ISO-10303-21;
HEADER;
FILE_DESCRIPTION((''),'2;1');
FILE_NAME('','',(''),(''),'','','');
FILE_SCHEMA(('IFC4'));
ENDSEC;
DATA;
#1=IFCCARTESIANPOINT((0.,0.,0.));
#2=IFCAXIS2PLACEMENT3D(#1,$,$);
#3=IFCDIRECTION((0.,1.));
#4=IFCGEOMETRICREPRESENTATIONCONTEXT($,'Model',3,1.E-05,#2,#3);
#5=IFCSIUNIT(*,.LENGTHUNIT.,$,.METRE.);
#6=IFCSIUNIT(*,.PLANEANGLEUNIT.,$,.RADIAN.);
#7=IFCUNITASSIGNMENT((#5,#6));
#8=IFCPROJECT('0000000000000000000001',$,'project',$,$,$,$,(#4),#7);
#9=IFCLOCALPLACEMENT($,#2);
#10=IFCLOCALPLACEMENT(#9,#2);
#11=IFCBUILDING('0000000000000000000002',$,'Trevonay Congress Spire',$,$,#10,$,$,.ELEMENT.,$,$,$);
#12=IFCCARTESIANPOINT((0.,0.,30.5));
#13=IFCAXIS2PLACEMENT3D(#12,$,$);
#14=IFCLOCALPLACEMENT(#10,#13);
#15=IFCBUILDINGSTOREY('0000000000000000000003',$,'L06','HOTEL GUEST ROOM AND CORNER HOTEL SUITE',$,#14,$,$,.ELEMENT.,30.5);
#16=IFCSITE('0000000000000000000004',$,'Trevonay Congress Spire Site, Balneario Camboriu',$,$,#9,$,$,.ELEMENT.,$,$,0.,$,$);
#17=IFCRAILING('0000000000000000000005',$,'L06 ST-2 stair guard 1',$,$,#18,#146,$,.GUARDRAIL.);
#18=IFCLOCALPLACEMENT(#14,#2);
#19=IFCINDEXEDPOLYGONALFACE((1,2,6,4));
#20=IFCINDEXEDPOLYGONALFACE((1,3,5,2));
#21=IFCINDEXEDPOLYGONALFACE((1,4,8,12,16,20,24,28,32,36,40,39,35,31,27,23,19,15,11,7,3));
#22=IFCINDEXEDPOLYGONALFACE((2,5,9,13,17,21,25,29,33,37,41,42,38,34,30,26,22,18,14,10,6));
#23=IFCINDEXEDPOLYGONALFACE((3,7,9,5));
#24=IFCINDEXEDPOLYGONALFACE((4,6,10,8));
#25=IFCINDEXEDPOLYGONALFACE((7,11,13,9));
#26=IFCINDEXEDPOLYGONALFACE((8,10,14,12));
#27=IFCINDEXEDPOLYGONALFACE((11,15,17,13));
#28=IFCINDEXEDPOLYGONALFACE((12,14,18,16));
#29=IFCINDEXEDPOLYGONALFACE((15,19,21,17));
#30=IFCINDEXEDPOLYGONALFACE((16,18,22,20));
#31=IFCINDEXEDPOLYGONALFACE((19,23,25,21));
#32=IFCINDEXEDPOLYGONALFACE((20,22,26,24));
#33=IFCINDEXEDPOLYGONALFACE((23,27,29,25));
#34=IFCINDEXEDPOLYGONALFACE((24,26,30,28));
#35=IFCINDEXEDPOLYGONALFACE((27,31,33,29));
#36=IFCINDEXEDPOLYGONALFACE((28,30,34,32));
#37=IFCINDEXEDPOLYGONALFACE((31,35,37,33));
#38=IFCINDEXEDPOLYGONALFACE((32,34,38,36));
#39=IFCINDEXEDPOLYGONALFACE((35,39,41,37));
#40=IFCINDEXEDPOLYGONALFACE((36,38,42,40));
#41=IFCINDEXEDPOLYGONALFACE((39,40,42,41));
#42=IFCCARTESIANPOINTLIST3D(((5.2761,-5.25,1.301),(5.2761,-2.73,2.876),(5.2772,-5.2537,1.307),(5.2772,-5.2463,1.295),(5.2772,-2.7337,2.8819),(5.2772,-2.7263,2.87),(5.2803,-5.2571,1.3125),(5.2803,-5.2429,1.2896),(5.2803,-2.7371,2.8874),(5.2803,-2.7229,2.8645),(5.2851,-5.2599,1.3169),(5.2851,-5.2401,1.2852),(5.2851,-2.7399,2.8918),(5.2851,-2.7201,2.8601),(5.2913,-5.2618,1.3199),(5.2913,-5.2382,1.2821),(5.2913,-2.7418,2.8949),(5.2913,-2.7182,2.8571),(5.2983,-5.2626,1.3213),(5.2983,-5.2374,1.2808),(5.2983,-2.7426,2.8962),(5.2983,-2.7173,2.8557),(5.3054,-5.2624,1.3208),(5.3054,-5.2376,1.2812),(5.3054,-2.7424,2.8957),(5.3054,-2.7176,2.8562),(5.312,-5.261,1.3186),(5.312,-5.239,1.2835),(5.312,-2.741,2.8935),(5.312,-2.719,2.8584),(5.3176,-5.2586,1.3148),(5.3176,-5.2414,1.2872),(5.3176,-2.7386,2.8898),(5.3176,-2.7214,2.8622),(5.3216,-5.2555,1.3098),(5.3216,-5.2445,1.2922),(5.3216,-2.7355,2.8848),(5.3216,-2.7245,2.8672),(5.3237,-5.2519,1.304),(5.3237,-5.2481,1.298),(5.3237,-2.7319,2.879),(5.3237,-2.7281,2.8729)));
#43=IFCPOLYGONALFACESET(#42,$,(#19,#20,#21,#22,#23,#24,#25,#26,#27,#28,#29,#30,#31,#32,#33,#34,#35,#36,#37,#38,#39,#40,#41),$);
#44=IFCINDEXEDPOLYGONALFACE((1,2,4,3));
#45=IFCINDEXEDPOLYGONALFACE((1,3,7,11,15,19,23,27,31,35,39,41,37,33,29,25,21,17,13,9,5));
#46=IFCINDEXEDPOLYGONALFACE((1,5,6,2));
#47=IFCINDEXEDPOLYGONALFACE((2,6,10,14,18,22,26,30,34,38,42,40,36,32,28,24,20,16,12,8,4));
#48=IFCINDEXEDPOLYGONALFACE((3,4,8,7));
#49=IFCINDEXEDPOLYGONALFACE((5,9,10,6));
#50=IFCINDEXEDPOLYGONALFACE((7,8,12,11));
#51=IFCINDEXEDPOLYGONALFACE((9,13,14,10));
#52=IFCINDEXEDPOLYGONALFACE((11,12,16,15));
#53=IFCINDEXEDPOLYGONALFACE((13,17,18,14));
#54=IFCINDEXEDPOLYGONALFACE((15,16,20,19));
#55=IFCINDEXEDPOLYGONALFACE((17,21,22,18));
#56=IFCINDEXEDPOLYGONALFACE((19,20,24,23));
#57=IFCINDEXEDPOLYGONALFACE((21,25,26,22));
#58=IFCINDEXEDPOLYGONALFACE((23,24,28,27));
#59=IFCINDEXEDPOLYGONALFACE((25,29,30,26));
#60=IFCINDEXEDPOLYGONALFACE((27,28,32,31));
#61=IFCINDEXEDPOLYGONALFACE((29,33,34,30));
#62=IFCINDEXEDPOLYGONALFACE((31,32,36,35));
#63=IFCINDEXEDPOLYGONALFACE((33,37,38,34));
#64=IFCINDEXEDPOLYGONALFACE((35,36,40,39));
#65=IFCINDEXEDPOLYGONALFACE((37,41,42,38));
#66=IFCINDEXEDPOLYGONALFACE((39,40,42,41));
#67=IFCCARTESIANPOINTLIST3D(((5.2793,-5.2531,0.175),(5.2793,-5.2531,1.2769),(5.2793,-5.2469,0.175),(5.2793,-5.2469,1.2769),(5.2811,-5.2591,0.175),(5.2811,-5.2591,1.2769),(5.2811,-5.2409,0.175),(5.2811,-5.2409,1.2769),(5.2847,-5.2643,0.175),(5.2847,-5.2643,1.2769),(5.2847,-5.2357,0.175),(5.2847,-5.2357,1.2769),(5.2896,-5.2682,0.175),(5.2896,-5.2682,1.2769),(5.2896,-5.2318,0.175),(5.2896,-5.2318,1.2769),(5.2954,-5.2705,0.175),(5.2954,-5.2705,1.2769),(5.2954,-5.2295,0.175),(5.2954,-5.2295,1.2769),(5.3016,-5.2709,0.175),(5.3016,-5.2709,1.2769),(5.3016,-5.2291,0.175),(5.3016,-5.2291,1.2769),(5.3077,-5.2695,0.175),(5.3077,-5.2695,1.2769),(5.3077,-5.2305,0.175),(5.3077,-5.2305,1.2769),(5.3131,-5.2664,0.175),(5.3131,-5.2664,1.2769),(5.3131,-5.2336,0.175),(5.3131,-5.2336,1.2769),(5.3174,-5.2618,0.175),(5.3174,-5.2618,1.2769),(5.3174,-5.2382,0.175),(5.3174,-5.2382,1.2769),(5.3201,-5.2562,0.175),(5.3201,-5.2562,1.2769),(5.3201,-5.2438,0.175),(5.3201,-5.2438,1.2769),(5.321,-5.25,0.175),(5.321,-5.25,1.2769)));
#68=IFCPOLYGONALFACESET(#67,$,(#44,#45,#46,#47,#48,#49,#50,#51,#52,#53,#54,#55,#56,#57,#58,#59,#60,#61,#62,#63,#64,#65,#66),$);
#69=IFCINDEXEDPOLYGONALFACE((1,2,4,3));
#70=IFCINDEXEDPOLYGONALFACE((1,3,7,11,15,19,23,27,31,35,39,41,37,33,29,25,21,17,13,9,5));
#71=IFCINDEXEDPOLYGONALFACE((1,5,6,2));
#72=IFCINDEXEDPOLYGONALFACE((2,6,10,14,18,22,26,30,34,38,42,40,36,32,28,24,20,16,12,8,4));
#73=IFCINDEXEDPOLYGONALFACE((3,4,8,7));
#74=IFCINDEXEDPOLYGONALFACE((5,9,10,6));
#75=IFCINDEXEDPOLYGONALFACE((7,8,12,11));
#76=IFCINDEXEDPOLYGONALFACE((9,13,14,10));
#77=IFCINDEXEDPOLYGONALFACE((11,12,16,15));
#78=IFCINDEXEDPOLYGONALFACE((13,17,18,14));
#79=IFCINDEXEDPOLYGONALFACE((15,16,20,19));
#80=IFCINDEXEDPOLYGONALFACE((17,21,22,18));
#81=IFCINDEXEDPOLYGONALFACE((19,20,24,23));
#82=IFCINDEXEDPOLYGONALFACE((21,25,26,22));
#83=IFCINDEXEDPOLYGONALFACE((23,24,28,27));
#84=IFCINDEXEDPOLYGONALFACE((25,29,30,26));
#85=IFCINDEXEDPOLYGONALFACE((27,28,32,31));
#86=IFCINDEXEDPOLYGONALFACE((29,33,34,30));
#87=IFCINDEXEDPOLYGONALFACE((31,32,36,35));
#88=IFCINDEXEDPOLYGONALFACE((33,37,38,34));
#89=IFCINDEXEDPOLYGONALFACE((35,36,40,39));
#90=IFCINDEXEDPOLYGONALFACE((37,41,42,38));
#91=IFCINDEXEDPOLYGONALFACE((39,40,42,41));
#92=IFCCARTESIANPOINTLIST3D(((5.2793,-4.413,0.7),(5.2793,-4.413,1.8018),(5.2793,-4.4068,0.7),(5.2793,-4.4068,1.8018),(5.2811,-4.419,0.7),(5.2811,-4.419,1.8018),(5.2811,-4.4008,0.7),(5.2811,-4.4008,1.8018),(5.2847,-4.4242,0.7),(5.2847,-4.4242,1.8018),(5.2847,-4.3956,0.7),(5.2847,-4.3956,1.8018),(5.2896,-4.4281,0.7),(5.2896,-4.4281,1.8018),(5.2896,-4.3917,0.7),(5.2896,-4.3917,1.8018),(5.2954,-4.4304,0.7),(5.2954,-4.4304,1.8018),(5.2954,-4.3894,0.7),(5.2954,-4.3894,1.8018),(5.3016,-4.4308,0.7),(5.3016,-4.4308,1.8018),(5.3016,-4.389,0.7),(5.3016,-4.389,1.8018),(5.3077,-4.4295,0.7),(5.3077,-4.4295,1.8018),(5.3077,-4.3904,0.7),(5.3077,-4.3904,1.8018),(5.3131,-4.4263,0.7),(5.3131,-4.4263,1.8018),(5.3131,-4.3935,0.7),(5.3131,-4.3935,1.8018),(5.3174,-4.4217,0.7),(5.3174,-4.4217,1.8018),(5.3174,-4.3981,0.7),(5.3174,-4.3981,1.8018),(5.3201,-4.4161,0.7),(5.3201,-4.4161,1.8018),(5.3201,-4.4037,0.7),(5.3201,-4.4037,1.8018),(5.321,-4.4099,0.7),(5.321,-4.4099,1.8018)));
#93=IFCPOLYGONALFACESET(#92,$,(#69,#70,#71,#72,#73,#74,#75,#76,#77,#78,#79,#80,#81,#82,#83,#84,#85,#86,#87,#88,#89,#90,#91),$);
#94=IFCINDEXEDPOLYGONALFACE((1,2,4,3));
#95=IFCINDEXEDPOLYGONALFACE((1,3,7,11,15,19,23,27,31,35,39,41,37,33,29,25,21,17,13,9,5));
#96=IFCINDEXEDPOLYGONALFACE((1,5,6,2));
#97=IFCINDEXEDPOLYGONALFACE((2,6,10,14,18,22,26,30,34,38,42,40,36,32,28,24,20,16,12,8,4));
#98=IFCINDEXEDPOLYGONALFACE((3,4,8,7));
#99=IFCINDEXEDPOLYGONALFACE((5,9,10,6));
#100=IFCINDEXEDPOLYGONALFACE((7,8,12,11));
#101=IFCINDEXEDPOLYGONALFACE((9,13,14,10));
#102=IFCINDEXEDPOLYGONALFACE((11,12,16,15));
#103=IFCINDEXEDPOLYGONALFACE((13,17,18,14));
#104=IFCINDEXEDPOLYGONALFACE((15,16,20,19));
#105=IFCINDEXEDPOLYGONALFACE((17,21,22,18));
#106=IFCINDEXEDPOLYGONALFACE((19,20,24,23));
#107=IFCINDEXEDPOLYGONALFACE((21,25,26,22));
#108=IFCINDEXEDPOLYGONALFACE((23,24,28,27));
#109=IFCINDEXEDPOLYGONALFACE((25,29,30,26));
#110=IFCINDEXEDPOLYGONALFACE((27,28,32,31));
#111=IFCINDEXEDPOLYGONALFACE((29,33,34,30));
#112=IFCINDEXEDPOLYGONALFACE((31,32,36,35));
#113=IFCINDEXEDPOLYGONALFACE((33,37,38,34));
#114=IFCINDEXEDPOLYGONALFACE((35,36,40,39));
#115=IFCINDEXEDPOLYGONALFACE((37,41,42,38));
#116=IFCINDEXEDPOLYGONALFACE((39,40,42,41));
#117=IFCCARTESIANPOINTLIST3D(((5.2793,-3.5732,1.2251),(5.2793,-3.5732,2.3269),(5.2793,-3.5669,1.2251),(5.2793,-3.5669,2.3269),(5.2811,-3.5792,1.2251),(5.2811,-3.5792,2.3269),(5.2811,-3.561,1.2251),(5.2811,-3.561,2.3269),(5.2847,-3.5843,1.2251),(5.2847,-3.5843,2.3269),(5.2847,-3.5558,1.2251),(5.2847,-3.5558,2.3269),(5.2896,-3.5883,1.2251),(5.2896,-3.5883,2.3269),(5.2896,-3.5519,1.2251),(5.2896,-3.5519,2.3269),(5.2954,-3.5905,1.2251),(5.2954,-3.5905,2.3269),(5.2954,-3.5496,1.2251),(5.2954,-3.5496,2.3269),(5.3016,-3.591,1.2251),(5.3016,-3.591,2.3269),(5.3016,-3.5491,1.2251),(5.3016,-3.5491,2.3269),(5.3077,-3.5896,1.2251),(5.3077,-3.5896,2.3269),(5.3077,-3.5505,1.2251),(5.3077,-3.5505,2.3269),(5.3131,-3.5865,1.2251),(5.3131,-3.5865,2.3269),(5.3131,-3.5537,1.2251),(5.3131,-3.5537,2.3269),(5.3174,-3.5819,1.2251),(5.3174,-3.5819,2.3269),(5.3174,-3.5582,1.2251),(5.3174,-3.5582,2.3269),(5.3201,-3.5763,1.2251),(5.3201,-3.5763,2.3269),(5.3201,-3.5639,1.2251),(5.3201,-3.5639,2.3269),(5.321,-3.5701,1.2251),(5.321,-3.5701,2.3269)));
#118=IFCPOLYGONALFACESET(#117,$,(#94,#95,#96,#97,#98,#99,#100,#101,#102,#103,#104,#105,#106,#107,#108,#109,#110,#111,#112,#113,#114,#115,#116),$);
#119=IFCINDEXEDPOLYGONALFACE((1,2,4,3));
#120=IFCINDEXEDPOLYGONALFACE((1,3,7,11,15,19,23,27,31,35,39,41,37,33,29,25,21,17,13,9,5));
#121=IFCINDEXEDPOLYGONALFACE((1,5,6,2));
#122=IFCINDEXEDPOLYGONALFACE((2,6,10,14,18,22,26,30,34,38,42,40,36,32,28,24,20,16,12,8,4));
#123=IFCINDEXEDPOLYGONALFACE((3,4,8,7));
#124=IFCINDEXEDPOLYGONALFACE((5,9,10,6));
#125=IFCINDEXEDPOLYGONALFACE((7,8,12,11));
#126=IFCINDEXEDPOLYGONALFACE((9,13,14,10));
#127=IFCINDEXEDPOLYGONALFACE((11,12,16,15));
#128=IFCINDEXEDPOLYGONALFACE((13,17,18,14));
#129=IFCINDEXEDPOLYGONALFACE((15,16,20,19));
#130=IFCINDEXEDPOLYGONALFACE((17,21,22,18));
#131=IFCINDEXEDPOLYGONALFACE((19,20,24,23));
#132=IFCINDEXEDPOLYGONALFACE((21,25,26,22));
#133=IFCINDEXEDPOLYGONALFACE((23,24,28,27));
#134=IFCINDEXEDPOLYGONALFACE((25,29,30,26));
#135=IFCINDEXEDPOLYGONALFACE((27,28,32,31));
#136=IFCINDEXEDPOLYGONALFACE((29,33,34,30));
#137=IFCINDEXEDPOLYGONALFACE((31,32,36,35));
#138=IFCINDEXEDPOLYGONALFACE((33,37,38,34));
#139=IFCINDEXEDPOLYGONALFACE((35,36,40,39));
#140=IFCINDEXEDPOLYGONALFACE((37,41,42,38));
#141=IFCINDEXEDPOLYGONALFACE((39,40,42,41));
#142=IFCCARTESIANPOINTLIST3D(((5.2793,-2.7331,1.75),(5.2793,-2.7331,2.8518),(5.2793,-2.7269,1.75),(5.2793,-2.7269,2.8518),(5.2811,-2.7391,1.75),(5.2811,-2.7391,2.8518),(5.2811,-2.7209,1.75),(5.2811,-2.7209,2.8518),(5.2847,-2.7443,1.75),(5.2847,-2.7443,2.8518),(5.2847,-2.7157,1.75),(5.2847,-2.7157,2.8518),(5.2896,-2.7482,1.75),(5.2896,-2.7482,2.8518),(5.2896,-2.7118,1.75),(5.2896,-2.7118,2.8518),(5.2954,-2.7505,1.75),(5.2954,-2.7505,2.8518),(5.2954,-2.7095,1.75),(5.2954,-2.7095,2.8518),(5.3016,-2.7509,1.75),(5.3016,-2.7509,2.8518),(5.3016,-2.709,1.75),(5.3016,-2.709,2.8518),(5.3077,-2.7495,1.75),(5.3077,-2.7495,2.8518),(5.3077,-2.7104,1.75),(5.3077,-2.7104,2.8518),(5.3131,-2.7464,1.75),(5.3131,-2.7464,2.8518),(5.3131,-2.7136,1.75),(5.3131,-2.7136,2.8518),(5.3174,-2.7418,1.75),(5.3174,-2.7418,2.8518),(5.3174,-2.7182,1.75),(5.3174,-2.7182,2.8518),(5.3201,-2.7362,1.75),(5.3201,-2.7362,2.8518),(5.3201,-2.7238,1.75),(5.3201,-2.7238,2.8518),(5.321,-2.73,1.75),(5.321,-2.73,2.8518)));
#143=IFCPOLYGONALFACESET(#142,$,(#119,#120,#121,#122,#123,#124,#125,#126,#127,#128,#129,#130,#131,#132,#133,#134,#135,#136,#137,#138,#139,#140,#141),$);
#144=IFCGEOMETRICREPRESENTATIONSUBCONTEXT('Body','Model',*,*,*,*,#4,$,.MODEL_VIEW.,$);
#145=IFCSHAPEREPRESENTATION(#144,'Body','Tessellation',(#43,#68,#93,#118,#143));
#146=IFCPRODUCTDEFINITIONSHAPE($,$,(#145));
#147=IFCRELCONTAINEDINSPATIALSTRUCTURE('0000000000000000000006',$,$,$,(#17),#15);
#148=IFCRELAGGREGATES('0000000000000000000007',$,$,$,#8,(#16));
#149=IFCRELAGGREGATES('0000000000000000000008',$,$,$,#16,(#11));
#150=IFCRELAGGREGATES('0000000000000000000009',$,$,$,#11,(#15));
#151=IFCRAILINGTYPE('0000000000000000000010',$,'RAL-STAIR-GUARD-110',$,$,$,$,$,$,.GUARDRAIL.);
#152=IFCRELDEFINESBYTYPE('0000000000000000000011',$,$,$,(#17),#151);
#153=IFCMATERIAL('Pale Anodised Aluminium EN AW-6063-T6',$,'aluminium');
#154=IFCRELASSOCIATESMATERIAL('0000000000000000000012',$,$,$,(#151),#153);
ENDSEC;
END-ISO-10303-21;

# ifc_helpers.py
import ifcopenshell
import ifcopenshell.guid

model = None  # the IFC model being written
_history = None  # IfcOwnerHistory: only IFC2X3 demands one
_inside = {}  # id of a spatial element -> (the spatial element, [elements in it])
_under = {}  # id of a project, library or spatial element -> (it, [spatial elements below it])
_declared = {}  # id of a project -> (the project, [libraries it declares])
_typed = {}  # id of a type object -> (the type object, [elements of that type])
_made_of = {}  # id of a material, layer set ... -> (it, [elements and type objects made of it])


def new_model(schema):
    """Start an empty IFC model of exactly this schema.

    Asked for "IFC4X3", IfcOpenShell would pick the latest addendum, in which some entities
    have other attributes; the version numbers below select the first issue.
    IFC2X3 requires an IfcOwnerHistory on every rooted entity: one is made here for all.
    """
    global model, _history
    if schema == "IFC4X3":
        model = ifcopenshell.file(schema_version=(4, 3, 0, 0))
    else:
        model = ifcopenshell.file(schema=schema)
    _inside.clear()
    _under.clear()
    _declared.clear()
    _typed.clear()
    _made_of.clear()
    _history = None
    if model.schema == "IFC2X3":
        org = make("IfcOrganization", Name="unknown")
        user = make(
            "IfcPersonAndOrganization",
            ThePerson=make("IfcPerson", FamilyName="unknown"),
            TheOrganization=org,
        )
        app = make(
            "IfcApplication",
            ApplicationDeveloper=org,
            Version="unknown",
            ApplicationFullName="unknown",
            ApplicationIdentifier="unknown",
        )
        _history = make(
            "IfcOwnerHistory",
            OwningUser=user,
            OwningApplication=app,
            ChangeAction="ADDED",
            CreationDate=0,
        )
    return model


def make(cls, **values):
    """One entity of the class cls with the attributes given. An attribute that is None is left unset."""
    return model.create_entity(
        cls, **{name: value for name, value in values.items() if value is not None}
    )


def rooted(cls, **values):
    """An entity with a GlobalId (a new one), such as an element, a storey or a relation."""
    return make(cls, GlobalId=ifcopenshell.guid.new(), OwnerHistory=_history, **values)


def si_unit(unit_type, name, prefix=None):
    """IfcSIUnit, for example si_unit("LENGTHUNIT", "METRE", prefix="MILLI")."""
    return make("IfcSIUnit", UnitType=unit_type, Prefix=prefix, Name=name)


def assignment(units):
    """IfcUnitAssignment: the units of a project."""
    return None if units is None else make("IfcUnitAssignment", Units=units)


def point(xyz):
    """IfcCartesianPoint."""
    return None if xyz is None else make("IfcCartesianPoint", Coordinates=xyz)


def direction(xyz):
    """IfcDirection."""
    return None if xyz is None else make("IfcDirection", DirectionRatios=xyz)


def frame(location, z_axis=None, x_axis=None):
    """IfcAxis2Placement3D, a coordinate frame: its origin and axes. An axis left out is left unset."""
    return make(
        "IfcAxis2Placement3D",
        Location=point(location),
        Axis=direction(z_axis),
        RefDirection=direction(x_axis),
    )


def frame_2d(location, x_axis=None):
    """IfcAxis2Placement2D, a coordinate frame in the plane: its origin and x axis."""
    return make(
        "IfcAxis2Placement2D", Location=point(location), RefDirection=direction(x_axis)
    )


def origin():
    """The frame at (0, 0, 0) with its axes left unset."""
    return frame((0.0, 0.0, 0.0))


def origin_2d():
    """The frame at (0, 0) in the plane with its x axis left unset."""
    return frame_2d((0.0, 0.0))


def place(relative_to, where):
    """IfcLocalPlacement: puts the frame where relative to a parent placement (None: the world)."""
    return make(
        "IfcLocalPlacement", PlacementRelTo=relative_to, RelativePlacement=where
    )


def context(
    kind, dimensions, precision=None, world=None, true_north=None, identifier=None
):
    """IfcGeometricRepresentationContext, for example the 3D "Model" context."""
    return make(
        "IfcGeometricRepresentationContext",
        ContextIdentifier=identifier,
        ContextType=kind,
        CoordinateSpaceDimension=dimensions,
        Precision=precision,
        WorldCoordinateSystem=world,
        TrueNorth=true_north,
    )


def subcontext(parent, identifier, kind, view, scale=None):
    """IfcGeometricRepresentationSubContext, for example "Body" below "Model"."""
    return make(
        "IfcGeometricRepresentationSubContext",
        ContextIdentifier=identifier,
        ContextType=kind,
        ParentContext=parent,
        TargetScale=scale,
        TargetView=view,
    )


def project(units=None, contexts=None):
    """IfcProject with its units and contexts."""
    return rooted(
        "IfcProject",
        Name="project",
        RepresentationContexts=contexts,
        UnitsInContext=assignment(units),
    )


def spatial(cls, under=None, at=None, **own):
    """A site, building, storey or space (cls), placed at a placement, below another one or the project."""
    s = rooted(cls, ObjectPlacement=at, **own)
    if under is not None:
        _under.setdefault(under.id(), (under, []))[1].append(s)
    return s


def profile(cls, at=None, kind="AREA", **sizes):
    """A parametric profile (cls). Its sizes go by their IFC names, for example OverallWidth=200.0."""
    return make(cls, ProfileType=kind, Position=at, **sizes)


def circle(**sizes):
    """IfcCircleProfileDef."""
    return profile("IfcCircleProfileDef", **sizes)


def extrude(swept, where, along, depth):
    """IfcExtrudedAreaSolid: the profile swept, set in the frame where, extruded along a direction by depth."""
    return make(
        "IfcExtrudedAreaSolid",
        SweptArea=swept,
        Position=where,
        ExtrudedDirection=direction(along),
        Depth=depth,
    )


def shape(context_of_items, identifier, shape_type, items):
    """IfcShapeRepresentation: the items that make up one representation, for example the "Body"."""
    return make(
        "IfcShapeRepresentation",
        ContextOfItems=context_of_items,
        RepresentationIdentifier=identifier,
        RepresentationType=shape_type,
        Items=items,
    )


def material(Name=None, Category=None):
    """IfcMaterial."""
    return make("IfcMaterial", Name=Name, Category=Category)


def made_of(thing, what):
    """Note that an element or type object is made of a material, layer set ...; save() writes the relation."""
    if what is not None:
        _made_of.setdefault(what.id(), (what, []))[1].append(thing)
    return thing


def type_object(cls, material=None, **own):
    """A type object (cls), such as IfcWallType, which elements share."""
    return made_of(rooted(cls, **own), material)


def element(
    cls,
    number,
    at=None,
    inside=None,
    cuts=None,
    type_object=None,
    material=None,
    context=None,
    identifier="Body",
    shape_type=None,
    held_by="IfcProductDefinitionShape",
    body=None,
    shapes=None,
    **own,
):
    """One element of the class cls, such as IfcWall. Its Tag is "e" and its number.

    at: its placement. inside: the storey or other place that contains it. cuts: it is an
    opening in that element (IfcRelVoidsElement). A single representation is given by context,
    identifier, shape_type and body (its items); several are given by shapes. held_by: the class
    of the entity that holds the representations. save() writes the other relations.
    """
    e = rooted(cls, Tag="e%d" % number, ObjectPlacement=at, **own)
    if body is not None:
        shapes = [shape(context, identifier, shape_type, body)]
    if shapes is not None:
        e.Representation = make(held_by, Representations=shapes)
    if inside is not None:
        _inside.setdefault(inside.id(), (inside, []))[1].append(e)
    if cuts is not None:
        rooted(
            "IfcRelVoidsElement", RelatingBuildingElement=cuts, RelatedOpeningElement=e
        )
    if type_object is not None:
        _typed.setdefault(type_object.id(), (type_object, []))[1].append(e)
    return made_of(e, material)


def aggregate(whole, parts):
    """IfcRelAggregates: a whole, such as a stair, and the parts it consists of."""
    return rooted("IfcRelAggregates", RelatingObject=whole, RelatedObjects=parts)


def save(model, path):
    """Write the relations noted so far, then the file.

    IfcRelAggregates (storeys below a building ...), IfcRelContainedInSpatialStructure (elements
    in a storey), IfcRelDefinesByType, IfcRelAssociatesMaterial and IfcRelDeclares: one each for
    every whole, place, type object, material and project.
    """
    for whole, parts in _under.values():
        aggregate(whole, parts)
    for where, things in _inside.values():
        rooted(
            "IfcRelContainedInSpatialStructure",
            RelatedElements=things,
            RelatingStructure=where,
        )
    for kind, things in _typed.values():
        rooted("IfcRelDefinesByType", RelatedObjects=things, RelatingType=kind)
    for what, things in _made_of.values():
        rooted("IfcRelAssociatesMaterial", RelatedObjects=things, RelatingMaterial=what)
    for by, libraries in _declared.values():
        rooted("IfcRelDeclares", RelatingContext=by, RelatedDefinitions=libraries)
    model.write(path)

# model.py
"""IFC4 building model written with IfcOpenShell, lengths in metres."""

from ifc_helpers import new_model, si_unit, direction, frame, origin, origin_2d, place, context, subcontext, project, spatial, circle, extrude, material, type_object, element, save


model = new_model("IFC4")

# Units and contexts
model_context = context("Model", 3, precision=1e-05, world=origin(), true_north=direction((0.0, 1.0)))
body_context = subcontext(model_context, "Body", "Model", "MODEL_VIEW")
ifc_project = project(units=[si_unit("LENGTHUNIT", "METRE"), si_unit("PLANEANGLEUNIT", "RADIAN")], contexts=[model_context])

# Site, building, storey
site_placement = place(None, origin())
site = spatial("IfcSite", under=ifc_project, at=site_placement, Name="Trevonay Congress Spire Site, Balneario Camboriu", CompositionType="ELEMENT", RefElevation=0.0)
building_placement = place(site_placement, origin())
building = spatial("IfcBuilding", under=site, at=building_placement, Name="Trevonay Congress Spire", CompositionType="ELEMENT")
storey_placement = place(building_placement, frame((0.0, 0.0, 30.5)))
storey = spatial("IfcBuildingStorey", under=building, at=storey_placement, Name="L06", Description="HOTEL GUEST ROOM AND CORNER HOTEL SUITE", CompositionType="ELEMENT", Elevation=30.5)

# Shared definitions
ifc_material_1 = material(Name="Pale Anodised Aluminium EN AW-6063-T6", Category="aluminium")

# Railing
railing_type_1 = type_object("IfcRailingType", Name="RAL-STAIR-GUARD-110", PredefinedType="GUARDRAIL", material=ifc_material_1)
railing_1_placement = place(storey_placement, frame((5.3, -5.25, 0.175)))
element("IfcRailing", 1, at=railing_1_placement, inside=storey, type_object=railing_type_1, Name="L06 ST-2 stair guard 1", PredefinedType="GUARDRAIL", context=body_context, shape_type="SweptSolid", body=[
    extrude(circle(Radius=0.0239, at=origin_2d()), frame((0.0, 0.0, 1.126), z_axis=(0.0, 0.848008, 0.529984), x_axis=(-1.0, 0.0, 0.0)), (0.0, 0.0, 1.0), 2.9717),
    extrude(circle(Radius=0.021, at=origin_2d()), origin(), (0.0, 0.0, 1.0), 1.1018),
    extrude(circle(Radius=0.021, at=origin_2d()), frame((0.0, 0.8401, 0.5249)), (0.0, 0.0, 1.0), 1.1018),
    extrude(circle(Radius=0.021, at=origin_2d()), frame((0.0, 1.6799, 1.05)), (0.0, 0.0, 1.0), 1.1018),
    extrude(circle(Radius=0.021, at=origin_2d()), frame((0.0, 2.52, 1.575)), (0.0, 0.0, 1.0), 1.1018),
])

save(model, "model.ifc")
